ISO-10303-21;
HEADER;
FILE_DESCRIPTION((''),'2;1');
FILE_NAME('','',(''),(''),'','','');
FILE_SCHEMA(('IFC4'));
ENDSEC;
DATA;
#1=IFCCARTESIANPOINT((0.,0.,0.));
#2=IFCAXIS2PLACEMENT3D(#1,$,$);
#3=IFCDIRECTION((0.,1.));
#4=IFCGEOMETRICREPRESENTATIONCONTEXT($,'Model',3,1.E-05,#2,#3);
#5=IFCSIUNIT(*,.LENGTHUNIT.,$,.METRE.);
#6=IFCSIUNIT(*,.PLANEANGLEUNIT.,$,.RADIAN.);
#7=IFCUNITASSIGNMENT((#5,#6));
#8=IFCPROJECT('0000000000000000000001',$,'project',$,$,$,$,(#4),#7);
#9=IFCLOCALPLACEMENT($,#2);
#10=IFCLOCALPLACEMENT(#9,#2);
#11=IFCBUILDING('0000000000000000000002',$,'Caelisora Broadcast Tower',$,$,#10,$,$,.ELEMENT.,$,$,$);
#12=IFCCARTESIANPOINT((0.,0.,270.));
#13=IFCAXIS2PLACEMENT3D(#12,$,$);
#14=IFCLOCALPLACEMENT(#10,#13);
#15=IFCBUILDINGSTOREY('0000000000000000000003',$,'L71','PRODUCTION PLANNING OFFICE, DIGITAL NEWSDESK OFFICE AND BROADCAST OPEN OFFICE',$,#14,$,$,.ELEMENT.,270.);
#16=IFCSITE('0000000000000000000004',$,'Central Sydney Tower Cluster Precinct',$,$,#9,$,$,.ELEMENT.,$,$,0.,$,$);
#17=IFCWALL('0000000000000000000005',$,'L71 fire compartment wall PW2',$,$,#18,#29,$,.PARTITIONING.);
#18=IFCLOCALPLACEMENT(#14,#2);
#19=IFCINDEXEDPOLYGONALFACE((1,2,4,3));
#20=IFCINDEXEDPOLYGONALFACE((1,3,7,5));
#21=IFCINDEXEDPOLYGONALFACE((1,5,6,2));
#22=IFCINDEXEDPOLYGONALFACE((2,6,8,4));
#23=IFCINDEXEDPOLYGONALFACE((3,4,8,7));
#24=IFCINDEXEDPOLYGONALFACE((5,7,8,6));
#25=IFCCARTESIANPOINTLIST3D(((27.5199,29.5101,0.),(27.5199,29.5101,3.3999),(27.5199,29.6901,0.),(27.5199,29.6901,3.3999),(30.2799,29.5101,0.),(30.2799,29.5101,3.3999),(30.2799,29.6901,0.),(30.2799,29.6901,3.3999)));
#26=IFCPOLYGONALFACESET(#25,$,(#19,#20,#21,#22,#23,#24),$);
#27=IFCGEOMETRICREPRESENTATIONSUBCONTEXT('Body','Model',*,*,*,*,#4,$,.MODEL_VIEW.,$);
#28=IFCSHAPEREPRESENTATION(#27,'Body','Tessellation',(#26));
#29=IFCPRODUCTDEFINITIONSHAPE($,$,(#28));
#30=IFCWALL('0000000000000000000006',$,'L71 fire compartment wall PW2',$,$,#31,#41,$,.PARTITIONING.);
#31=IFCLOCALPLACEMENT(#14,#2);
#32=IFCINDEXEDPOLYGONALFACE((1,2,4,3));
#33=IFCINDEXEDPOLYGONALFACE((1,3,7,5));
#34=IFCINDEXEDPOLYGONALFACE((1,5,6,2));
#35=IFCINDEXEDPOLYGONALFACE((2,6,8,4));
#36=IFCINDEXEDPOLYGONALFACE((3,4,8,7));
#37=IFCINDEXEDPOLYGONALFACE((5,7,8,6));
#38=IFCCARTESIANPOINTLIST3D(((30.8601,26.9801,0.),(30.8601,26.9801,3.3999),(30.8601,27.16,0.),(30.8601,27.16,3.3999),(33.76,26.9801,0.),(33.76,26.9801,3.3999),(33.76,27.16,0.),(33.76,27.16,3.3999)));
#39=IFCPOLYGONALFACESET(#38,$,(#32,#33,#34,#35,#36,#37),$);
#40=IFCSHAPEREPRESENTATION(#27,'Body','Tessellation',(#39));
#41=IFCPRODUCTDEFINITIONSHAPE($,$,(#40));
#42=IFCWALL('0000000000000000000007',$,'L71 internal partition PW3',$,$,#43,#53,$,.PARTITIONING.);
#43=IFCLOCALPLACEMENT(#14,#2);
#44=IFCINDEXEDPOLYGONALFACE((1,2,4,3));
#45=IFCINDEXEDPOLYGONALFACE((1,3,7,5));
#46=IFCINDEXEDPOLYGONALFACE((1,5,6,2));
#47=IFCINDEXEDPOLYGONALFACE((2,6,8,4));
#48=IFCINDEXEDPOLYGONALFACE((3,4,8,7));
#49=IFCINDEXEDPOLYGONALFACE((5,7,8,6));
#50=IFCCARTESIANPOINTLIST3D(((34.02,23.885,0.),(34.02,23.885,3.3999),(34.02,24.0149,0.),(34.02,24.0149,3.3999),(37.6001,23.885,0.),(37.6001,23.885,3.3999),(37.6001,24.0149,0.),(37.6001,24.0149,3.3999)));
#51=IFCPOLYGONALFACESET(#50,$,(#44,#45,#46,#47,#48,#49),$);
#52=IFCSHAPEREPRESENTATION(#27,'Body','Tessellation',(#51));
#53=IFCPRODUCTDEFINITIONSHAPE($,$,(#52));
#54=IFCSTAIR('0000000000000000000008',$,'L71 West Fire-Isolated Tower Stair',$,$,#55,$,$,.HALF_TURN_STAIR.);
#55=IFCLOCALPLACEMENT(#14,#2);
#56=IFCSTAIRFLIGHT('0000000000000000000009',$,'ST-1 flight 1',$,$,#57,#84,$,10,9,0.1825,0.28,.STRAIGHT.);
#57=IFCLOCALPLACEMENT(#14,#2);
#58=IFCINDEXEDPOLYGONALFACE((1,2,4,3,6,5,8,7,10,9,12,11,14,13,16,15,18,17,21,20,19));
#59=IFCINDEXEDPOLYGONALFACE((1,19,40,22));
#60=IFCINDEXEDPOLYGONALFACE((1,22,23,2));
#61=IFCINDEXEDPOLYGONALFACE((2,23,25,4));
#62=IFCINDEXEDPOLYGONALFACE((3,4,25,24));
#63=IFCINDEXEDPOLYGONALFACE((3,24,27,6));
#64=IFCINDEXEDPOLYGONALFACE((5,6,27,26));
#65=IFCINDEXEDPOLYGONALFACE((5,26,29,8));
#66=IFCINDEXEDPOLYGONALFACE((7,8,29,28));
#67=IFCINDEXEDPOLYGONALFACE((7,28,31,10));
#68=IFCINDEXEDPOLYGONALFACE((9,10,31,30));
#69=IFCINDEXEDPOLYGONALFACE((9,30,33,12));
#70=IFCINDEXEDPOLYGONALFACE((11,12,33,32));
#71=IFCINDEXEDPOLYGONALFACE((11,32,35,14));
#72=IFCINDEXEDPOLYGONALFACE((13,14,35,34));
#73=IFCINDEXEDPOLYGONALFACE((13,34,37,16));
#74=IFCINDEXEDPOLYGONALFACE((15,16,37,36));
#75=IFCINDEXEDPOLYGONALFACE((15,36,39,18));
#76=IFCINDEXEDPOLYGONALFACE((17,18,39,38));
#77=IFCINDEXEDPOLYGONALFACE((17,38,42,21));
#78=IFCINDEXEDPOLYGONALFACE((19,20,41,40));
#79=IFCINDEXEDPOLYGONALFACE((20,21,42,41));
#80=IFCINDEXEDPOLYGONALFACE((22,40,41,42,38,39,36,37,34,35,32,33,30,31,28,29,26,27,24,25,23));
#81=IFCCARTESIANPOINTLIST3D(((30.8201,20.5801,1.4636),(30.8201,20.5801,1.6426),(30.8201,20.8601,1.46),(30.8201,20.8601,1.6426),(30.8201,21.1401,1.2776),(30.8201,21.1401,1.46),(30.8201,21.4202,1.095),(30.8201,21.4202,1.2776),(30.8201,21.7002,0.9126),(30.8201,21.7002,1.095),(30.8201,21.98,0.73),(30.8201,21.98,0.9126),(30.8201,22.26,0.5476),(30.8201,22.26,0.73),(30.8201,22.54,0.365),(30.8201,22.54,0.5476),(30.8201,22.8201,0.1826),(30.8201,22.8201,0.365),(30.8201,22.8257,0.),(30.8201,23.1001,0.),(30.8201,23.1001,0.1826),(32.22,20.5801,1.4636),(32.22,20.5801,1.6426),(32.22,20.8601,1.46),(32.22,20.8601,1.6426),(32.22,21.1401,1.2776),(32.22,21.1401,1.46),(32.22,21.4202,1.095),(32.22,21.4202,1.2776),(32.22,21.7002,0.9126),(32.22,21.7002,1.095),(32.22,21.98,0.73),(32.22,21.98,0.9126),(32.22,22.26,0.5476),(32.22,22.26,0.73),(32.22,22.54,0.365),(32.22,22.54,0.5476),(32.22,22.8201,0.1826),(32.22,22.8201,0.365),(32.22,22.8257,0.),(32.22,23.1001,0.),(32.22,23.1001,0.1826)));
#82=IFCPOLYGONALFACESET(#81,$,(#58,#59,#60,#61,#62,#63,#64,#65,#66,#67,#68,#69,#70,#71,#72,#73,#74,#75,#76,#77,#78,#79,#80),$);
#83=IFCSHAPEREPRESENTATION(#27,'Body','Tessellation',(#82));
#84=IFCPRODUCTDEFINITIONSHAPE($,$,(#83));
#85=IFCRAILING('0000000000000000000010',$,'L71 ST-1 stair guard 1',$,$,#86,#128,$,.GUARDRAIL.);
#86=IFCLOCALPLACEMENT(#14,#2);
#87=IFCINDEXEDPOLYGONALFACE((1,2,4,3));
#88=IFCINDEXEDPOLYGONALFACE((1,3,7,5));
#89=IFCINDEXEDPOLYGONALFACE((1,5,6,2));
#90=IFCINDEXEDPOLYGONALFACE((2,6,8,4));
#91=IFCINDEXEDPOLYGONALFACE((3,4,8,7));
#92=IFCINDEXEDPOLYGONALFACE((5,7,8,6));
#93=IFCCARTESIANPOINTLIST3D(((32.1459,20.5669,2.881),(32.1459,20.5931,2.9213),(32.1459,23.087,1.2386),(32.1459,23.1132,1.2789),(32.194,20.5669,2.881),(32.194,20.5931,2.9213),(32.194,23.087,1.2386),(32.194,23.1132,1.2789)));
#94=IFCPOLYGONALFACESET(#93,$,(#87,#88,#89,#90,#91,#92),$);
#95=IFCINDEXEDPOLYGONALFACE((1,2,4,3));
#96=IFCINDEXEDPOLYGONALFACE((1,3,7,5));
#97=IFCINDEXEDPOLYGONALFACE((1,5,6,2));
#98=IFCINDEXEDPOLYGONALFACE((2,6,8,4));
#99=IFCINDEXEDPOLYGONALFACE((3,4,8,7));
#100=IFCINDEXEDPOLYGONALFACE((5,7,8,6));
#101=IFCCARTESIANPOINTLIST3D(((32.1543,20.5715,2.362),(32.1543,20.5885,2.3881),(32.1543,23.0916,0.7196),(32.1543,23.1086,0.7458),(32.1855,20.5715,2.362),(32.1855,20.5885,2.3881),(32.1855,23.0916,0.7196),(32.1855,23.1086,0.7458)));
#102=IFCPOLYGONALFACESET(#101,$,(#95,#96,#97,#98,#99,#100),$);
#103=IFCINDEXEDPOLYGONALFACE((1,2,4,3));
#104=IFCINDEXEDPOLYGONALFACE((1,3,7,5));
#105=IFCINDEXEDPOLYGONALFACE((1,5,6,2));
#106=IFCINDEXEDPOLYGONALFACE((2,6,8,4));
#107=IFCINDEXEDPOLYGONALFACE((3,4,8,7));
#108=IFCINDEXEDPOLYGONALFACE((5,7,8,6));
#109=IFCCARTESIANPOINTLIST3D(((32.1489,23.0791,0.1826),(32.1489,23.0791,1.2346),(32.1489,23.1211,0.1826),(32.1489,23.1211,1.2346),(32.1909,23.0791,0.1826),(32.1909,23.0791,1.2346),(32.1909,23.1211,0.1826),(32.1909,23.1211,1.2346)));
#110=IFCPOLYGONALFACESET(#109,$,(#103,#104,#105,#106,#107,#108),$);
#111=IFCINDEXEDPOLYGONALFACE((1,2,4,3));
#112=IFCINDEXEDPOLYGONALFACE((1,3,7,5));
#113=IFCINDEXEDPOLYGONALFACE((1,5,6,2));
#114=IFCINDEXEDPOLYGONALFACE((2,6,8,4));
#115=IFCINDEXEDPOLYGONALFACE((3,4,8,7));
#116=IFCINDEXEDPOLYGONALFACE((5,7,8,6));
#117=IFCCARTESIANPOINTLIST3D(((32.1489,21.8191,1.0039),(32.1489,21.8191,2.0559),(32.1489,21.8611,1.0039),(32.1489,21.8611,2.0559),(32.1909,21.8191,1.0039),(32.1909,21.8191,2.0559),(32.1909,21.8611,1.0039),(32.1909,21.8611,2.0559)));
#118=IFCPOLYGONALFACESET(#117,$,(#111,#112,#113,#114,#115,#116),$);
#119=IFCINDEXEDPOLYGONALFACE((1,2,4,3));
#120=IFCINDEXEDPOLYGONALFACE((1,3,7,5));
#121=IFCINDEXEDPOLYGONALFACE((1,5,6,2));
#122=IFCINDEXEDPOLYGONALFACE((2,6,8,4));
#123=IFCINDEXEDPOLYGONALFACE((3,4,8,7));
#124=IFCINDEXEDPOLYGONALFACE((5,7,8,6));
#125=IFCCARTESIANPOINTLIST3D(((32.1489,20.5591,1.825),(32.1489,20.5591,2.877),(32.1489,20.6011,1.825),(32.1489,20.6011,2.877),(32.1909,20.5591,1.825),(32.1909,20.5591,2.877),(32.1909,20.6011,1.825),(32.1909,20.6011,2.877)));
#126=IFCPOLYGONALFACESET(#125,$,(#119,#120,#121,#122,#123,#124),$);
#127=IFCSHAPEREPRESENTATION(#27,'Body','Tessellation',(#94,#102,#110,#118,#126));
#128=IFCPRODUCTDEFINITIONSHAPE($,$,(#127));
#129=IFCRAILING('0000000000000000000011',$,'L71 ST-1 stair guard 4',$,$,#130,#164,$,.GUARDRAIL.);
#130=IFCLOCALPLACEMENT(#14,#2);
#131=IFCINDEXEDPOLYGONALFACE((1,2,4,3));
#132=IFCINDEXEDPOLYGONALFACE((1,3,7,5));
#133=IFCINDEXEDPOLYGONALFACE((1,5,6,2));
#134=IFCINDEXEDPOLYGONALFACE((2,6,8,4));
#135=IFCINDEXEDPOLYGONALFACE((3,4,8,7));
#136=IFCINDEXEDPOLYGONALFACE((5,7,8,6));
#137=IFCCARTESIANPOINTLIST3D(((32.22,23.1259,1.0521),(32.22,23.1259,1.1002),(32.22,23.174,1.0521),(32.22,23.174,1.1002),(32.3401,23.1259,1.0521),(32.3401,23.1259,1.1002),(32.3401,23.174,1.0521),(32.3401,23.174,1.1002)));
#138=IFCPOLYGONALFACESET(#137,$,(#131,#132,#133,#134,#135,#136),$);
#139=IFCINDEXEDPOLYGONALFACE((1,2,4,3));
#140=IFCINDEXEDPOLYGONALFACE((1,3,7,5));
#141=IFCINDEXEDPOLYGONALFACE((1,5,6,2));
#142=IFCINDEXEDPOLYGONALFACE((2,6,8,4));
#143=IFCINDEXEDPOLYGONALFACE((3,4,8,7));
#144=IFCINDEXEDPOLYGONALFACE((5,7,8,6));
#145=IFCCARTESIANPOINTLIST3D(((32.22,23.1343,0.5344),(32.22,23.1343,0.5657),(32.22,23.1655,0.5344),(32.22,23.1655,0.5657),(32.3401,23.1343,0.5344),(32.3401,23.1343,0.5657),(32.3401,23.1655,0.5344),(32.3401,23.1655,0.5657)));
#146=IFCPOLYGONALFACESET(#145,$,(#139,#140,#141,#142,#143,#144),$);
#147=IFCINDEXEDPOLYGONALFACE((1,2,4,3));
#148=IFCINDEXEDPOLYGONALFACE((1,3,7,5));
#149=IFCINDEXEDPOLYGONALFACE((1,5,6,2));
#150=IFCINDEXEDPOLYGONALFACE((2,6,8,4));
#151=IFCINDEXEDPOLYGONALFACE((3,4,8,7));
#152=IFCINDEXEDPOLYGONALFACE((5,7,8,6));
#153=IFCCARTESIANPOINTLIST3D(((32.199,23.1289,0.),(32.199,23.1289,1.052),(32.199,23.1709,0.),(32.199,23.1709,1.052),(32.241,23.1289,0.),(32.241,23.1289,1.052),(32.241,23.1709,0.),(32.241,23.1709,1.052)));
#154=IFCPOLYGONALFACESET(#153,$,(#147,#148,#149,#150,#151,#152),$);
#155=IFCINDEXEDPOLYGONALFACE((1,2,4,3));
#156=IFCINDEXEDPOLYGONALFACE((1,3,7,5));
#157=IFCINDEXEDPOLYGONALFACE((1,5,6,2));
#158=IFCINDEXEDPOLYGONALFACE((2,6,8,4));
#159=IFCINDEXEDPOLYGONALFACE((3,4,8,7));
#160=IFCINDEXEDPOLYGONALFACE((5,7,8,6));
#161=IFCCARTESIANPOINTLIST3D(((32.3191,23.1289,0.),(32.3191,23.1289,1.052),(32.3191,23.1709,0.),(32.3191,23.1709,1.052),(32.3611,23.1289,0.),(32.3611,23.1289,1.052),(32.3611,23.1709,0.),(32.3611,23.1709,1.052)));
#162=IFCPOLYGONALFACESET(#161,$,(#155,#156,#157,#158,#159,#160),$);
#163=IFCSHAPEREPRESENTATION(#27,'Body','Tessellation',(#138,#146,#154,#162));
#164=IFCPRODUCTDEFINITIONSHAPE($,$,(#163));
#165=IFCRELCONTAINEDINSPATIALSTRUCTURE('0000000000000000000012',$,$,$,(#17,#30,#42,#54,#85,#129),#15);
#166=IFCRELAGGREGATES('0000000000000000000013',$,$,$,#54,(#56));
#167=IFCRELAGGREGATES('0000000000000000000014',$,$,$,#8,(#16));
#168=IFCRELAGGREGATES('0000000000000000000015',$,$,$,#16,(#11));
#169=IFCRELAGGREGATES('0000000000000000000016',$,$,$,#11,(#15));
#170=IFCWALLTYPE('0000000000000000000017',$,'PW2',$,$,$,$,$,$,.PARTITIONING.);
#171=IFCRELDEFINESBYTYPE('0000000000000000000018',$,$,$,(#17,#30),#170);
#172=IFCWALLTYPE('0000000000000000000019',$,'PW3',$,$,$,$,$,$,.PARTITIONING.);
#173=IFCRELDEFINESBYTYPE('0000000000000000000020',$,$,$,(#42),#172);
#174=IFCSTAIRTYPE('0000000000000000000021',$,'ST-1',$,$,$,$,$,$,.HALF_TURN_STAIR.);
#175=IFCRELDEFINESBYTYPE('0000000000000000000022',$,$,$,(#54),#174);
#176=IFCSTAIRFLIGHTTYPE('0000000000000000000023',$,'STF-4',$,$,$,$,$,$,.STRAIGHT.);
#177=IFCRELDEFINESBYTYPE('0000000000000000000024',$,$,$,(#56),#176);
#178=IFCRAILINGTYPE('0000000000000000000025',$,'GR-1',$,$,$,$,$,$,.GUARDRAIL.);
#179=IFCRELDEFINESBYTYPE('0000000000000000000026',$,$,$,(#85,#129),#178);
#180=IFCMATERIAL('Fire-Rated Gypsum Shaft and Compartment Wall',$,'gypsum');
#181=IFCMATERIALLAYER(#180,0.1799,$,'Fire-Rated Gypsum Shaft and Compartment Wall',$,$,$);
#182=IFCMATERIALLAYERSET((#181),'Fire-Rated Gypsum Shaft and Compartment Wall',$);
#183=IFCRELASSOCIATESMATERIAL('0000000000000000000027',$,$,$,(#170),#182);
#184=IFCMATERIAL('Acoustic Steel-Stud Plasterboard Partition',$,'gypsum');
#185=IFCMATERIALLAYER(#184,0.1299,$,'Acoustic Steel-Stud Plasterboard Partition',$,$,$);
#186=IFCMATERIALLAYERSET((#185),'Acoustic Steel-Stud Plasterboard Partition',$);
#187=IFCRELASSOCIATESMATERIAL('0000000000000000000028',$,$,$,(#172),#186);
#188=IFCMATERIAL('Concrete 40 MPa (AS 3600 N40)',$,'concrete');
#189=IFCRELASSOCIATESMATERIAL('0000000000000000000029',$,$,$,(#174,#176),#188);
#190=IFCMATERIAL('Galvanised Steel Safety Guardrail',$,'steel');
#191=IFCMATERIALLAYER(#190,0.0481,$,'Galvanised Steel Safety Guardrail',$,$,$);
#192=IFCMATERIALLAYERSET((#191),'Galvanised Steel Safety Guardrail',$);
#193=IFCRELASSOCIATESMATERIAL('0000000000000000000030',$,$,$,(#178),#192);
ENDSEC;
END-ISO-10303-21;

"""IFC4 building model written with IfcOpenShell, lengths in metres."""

from ifc_helpers import new_model, si_unit, direction, frame, frame_2d, origin, origin_2d, place, context, subcontext, project, spatial, polyline, rectangle, outline, extrude, material, layer, layer_set, type_object, element, aggregate, save


model = new_model("IFC4")

# Units and contexts
model_context = context("Model", 3, precision=1e-05, world=origin(), true_north=direction((0.0, 1.0)))
body_context = subcontext(model_context, "Body", "Model", "MODEL_VIEW")
ifc_project = project(units=[si_unit("LENGTHUNIT", "METRE"), si_unit("PLANEANGLEUNIT", "RADIAN")], contexts=[model_context])

# Site, building, storey
site_placement = place(None, origin())
site = spatial("IfcSite", under=ifc_project, at=site_placement, Name="Central Sydney Tower Cluster Precinct", CompositionType="ELEMENT", RefElevation=0.0)
building_placement = place(site_placement, origin())
building = spatial("IfcBuilding", under=site, at=building_placement, Name="Caelisora Broadcast Tower", CompositionType="ELEMENT")
storey_placement = place(building_placement, frame((0.0, 0.0, 270.0)))
storey = spatial("IfcBuildingStorey", under=building, at=storey_placement, Name="L71", Description="PRODUCTION PLANNING OFFICE, DIGITAL NEWSDESK OFFICE AND BROADCAST OPEN OFFICE", CompositionType="ELEMENT", Elevation=270.0)

# Shared definitions
ifc_material_1 = material(Name="Concrete 40 MPa (AS 3600 N40)", Category="concrete")

# Shared definitions
ifc_material_2 = material(Name="Fire-Rated Gypsum Shaft and Compartment Wall", Category="gypsum")
ifc_layer_1 = layer(ifc_material_2, 0.1799, Name="Fire-Rated Gypsum Shaft and Compartment Wall")
ifc_layer_set_1 = layer_set([ifc_layer_1], Name="Fire-Rated Gypsum Shaft and Compartment Wall")
wall_type_1 = type_object("IfcWallType", Name="PW2", PredefinedType="PARTITIONING", material=ifc_layer_set_1)

# Walls
wall_1_placement = place(storey_placement, frame((27.52, 29.6001, 0.0), z_axis=(0.0, 0.0, 1.0), x_axis=(1.0, 0.0, 0.0)))
element("IfcWall", 1, at=wall_1_placement, inside=storey, type_object=wall_type_1, Name="L71 fire compartment wall PW2", PredefinedType="PARTITIONING", context=body_context, shape_type="SweptSolid", body=[
    extrude(rectangle(XDim=2.76, YDim=0.1799, at=frame_2d((1.3799, 0.0))), origin(), (0.0, 0.0, 1.0), 3.3999),
])
wall_2_placement = place(storey_placement, frame((30.8601, 27.0701, 0.0), z_axis=(0.0, 0.0, 1.0), x_axis=(1.0, 0.0, 0.0)))
element("IfcWall", 2, at=wall_2_placement, inside=storey, type_object=wall_type_1, Name="L71 fire compartment wall PW2", PredefinedType="PARTITIONING", context=body_context, shape_type="SweptSolid", body=[
    extrude(rectangle(XDim=2.8999, YDim=0.1799, at=frame_2d((1.45, 0.0))), origin(), (0.0, 0.0, 1.0), 3.3999),
])
ifc_material_3 = material(Name="Acoustic Steel-Stud Plasterboard Partition", Category="gypsum")
ifc_layer_2 = layer(ifc_material_3, 0.1299, Name="Acoustic Steel-Stud Plasterboard Partition")
ifc_layer_set_2 = layer_set([ifc_layer_2], Name="Acoustic Steel-Stud Plasterboard Partition")
wall_type_2 = type_object("IfcWallType", Name="PW3", PredefinedType="PARTITIONING", material=ifc_layer_set_2)
wall_3_placement = place(storey_placement, frame((34.02, 23.95, 0.0), z_axis=(0.0, 0.0, 1.0), x_axis=(1.0, 0.0, 0.0)))
element("IfcWall", 3, at=wall_3_placement, inside=storey, type_object=wall_type_2, Name="L71 internal partition PW3", PredefinedType="PARTITIONING", context=body_context, shape_type="SweptSolid", body=[
    extrude(rectangle(XDim=3.5801, YDim=0.1299, at=frame_2d((1.79, 0.0))), origin(), (0.0, 0.0, 1.0), 3.3999),
])

# Stair, stair flight
stair_type = type_object("IfcStairType", Name="ST-1", PredefinedType="HALF_TURN_STAIR", material=ifc_material_1)
stair_placement = place(storey_placement, origin())
stair = element("IfcStair", 4, at=stair_placement, inside=storey, type_object=stair_type, Name="L71 West Fire-Isolated Tower Stair", PredefinedType="HALF_TURN_STAIR")
stair_flight_type = type_object("IfcStairFlightType", Name="STF-4", PredefinedType="STRAIGHT", material=ifc_material_1)
stair_flight_placement = place(storey_placement, frame((31.52, 23.1001, 0.0), z_axis=(0.0, 0.0, 1.0), x_axis=(0.0, -1.0, 0.0)))
stair_flight = element("IfcStairFlight", 5, at=stair_flight_placement, type_object=stair_flight_type, Name="ST-1 flight 1", NumberOfRisers=10, NumberOfTreads=9, PredefinedType="STRAIGHT", RiserHeight=0.1825, TreadLength=0.28, context=body_context, shape_type="SweptSolid", body=[
    extrude(outline(polyline([(0.0, 0.0), (0.0, 0.1826), (0.28, 0.1826), (0.28, 0.365), (0.5601, 0.365), (0.5601, 0.5476), (0.8401, 0.5476), (0.8401, 0.73), (1.1201, 0.73), (1.1201, 0.9126), (1.3999, 0.9126), (1.3999, 1.095), (1.6799, 1.095), (1.6799, 1.2776), (1.96, 1.2776), (1.96, 1.46), (2.24, 1.46), (2.24, 1.6426), (2.52, 1.6426), (2.52, 1.825), (2.52, 1.4636), (0.2744, 0.0), (0.0, 0.0)])), frame((0.0, 0.7, 0.0), z_axis=(0.0, -1.0, 0.0), x_axis=(1.0, 0.0, 0.0)), (0.0, 0.0, 1.0), 1.3999),
])
aggregate(stair, [stair_flight])

# Railings
ifc_material_4 = material(Name="Galvanised Steel Safety Guardrail", Category="steel")
ifc_layer_3 = layer(ifc_material_4, 0.0481, Name="Galvanised Steel Safety Guardrail")
ifc_layer_set_3 = layer_set([ifc_layer_3], Name="Galvanised Steel Safety Guardrail")
railing_type_1 = type_object("IfcRailingType", Name="GR-1", PredefinedType="GUARDRAIL", material=ifc_layer_set_3)
railing_1_placement = place(storey_placement, frame((32.1699, 23.1001, 0.1826)))
element("IfcRailing", 6, at=railing_1_placement, inside=storey, type_object=railing_type_1, Name="L71 ST-1 stair guard 1", PredefinedType="GUARDRAIL", context=body_context, shape_type="SweptSolid", body=[
    extrude(rectangle(XDim=0.0481, YDim=0.0481, at=origin_2d()), frame((0.0, 0.0, 1.0762), z_axis=(0.0, -0.837787, 0.545998), x_axis=(1.0, 0.0, 0.0)), (0.0, 0.0, 1.0), 3.0081),
    extrude(rectangle(XDim=0.0312, YDim=0.0312, at=origin_2d()), frame((0.0, 0.0, 0.55), z_axis=(0.0, -0.837787, 0.545998), x_axis=(1.0, 0.0, 0.0)), (0.0, 0.0, 1.0), 3.0081),
    extrude(rectangle(XDim=0.042, YDim=0.042, at=origin_2d()), origin(), (0.0, 0.0, 1.0), 1.052),
    extrude(rectangle(XDim=0.042, YDim=0.042, at=origin_2d()), frame((0.0, -1.26, 0.8213)), (0.0, 0.0, 1.0), 1.052),
    extrude(rectangle(XDim=0.042, YDim=0.042, at=origin_2d()), frame((0.0, -2.52, 1.6423)), (0.0, 0.0, 1.0), 1.052),
])
railing_2_placement = place(storey_placement, frame((32.22, 23.1499, 0.0)))
element("IfcRailing", 7, at=railing_2_placement, inside=storey, type_object=railing_type_1, Name="L71 ST-1 stair guard 4", PredefinedType="GUARDRAIL", context=body_context, shape_type="SweptSolid", body=[
    extrude(rectangle(XDim=0.0481, YDim=0.0481, at=origin_2d()), frame((0.0, 0.0, 1.0762), z_axis=(1.0, 0.0, 0.0), x_axis=(0.0, 1.0, 0.0)), (0.0, 0.0, 1.0), 0.1201),
    extrude(rectangle(XDim=0.0312, YDim=0.0312, at=origin_2d()), frame((0.0, 0.0, 0.55), z_axis=(1.0, 0.0, 0.0), x_axis=(0.0, 1.0, 0.0)), (0.0, 0.0, 1.0), 0.1201),
    extrude(rectangle(XDim=0.042, YDim=0.042, at=origin_2d()), origin(), (0.0, 0.0, 1.0), 1.052),
    extrude(rectangle(XDim=0.042, YDim=0.042, at=origin_2d()), frame((0.1201, 0.0, 0.0)), (0.0, 0.0, 1.0), 1.052),
])

save(model, "model.ifc")
